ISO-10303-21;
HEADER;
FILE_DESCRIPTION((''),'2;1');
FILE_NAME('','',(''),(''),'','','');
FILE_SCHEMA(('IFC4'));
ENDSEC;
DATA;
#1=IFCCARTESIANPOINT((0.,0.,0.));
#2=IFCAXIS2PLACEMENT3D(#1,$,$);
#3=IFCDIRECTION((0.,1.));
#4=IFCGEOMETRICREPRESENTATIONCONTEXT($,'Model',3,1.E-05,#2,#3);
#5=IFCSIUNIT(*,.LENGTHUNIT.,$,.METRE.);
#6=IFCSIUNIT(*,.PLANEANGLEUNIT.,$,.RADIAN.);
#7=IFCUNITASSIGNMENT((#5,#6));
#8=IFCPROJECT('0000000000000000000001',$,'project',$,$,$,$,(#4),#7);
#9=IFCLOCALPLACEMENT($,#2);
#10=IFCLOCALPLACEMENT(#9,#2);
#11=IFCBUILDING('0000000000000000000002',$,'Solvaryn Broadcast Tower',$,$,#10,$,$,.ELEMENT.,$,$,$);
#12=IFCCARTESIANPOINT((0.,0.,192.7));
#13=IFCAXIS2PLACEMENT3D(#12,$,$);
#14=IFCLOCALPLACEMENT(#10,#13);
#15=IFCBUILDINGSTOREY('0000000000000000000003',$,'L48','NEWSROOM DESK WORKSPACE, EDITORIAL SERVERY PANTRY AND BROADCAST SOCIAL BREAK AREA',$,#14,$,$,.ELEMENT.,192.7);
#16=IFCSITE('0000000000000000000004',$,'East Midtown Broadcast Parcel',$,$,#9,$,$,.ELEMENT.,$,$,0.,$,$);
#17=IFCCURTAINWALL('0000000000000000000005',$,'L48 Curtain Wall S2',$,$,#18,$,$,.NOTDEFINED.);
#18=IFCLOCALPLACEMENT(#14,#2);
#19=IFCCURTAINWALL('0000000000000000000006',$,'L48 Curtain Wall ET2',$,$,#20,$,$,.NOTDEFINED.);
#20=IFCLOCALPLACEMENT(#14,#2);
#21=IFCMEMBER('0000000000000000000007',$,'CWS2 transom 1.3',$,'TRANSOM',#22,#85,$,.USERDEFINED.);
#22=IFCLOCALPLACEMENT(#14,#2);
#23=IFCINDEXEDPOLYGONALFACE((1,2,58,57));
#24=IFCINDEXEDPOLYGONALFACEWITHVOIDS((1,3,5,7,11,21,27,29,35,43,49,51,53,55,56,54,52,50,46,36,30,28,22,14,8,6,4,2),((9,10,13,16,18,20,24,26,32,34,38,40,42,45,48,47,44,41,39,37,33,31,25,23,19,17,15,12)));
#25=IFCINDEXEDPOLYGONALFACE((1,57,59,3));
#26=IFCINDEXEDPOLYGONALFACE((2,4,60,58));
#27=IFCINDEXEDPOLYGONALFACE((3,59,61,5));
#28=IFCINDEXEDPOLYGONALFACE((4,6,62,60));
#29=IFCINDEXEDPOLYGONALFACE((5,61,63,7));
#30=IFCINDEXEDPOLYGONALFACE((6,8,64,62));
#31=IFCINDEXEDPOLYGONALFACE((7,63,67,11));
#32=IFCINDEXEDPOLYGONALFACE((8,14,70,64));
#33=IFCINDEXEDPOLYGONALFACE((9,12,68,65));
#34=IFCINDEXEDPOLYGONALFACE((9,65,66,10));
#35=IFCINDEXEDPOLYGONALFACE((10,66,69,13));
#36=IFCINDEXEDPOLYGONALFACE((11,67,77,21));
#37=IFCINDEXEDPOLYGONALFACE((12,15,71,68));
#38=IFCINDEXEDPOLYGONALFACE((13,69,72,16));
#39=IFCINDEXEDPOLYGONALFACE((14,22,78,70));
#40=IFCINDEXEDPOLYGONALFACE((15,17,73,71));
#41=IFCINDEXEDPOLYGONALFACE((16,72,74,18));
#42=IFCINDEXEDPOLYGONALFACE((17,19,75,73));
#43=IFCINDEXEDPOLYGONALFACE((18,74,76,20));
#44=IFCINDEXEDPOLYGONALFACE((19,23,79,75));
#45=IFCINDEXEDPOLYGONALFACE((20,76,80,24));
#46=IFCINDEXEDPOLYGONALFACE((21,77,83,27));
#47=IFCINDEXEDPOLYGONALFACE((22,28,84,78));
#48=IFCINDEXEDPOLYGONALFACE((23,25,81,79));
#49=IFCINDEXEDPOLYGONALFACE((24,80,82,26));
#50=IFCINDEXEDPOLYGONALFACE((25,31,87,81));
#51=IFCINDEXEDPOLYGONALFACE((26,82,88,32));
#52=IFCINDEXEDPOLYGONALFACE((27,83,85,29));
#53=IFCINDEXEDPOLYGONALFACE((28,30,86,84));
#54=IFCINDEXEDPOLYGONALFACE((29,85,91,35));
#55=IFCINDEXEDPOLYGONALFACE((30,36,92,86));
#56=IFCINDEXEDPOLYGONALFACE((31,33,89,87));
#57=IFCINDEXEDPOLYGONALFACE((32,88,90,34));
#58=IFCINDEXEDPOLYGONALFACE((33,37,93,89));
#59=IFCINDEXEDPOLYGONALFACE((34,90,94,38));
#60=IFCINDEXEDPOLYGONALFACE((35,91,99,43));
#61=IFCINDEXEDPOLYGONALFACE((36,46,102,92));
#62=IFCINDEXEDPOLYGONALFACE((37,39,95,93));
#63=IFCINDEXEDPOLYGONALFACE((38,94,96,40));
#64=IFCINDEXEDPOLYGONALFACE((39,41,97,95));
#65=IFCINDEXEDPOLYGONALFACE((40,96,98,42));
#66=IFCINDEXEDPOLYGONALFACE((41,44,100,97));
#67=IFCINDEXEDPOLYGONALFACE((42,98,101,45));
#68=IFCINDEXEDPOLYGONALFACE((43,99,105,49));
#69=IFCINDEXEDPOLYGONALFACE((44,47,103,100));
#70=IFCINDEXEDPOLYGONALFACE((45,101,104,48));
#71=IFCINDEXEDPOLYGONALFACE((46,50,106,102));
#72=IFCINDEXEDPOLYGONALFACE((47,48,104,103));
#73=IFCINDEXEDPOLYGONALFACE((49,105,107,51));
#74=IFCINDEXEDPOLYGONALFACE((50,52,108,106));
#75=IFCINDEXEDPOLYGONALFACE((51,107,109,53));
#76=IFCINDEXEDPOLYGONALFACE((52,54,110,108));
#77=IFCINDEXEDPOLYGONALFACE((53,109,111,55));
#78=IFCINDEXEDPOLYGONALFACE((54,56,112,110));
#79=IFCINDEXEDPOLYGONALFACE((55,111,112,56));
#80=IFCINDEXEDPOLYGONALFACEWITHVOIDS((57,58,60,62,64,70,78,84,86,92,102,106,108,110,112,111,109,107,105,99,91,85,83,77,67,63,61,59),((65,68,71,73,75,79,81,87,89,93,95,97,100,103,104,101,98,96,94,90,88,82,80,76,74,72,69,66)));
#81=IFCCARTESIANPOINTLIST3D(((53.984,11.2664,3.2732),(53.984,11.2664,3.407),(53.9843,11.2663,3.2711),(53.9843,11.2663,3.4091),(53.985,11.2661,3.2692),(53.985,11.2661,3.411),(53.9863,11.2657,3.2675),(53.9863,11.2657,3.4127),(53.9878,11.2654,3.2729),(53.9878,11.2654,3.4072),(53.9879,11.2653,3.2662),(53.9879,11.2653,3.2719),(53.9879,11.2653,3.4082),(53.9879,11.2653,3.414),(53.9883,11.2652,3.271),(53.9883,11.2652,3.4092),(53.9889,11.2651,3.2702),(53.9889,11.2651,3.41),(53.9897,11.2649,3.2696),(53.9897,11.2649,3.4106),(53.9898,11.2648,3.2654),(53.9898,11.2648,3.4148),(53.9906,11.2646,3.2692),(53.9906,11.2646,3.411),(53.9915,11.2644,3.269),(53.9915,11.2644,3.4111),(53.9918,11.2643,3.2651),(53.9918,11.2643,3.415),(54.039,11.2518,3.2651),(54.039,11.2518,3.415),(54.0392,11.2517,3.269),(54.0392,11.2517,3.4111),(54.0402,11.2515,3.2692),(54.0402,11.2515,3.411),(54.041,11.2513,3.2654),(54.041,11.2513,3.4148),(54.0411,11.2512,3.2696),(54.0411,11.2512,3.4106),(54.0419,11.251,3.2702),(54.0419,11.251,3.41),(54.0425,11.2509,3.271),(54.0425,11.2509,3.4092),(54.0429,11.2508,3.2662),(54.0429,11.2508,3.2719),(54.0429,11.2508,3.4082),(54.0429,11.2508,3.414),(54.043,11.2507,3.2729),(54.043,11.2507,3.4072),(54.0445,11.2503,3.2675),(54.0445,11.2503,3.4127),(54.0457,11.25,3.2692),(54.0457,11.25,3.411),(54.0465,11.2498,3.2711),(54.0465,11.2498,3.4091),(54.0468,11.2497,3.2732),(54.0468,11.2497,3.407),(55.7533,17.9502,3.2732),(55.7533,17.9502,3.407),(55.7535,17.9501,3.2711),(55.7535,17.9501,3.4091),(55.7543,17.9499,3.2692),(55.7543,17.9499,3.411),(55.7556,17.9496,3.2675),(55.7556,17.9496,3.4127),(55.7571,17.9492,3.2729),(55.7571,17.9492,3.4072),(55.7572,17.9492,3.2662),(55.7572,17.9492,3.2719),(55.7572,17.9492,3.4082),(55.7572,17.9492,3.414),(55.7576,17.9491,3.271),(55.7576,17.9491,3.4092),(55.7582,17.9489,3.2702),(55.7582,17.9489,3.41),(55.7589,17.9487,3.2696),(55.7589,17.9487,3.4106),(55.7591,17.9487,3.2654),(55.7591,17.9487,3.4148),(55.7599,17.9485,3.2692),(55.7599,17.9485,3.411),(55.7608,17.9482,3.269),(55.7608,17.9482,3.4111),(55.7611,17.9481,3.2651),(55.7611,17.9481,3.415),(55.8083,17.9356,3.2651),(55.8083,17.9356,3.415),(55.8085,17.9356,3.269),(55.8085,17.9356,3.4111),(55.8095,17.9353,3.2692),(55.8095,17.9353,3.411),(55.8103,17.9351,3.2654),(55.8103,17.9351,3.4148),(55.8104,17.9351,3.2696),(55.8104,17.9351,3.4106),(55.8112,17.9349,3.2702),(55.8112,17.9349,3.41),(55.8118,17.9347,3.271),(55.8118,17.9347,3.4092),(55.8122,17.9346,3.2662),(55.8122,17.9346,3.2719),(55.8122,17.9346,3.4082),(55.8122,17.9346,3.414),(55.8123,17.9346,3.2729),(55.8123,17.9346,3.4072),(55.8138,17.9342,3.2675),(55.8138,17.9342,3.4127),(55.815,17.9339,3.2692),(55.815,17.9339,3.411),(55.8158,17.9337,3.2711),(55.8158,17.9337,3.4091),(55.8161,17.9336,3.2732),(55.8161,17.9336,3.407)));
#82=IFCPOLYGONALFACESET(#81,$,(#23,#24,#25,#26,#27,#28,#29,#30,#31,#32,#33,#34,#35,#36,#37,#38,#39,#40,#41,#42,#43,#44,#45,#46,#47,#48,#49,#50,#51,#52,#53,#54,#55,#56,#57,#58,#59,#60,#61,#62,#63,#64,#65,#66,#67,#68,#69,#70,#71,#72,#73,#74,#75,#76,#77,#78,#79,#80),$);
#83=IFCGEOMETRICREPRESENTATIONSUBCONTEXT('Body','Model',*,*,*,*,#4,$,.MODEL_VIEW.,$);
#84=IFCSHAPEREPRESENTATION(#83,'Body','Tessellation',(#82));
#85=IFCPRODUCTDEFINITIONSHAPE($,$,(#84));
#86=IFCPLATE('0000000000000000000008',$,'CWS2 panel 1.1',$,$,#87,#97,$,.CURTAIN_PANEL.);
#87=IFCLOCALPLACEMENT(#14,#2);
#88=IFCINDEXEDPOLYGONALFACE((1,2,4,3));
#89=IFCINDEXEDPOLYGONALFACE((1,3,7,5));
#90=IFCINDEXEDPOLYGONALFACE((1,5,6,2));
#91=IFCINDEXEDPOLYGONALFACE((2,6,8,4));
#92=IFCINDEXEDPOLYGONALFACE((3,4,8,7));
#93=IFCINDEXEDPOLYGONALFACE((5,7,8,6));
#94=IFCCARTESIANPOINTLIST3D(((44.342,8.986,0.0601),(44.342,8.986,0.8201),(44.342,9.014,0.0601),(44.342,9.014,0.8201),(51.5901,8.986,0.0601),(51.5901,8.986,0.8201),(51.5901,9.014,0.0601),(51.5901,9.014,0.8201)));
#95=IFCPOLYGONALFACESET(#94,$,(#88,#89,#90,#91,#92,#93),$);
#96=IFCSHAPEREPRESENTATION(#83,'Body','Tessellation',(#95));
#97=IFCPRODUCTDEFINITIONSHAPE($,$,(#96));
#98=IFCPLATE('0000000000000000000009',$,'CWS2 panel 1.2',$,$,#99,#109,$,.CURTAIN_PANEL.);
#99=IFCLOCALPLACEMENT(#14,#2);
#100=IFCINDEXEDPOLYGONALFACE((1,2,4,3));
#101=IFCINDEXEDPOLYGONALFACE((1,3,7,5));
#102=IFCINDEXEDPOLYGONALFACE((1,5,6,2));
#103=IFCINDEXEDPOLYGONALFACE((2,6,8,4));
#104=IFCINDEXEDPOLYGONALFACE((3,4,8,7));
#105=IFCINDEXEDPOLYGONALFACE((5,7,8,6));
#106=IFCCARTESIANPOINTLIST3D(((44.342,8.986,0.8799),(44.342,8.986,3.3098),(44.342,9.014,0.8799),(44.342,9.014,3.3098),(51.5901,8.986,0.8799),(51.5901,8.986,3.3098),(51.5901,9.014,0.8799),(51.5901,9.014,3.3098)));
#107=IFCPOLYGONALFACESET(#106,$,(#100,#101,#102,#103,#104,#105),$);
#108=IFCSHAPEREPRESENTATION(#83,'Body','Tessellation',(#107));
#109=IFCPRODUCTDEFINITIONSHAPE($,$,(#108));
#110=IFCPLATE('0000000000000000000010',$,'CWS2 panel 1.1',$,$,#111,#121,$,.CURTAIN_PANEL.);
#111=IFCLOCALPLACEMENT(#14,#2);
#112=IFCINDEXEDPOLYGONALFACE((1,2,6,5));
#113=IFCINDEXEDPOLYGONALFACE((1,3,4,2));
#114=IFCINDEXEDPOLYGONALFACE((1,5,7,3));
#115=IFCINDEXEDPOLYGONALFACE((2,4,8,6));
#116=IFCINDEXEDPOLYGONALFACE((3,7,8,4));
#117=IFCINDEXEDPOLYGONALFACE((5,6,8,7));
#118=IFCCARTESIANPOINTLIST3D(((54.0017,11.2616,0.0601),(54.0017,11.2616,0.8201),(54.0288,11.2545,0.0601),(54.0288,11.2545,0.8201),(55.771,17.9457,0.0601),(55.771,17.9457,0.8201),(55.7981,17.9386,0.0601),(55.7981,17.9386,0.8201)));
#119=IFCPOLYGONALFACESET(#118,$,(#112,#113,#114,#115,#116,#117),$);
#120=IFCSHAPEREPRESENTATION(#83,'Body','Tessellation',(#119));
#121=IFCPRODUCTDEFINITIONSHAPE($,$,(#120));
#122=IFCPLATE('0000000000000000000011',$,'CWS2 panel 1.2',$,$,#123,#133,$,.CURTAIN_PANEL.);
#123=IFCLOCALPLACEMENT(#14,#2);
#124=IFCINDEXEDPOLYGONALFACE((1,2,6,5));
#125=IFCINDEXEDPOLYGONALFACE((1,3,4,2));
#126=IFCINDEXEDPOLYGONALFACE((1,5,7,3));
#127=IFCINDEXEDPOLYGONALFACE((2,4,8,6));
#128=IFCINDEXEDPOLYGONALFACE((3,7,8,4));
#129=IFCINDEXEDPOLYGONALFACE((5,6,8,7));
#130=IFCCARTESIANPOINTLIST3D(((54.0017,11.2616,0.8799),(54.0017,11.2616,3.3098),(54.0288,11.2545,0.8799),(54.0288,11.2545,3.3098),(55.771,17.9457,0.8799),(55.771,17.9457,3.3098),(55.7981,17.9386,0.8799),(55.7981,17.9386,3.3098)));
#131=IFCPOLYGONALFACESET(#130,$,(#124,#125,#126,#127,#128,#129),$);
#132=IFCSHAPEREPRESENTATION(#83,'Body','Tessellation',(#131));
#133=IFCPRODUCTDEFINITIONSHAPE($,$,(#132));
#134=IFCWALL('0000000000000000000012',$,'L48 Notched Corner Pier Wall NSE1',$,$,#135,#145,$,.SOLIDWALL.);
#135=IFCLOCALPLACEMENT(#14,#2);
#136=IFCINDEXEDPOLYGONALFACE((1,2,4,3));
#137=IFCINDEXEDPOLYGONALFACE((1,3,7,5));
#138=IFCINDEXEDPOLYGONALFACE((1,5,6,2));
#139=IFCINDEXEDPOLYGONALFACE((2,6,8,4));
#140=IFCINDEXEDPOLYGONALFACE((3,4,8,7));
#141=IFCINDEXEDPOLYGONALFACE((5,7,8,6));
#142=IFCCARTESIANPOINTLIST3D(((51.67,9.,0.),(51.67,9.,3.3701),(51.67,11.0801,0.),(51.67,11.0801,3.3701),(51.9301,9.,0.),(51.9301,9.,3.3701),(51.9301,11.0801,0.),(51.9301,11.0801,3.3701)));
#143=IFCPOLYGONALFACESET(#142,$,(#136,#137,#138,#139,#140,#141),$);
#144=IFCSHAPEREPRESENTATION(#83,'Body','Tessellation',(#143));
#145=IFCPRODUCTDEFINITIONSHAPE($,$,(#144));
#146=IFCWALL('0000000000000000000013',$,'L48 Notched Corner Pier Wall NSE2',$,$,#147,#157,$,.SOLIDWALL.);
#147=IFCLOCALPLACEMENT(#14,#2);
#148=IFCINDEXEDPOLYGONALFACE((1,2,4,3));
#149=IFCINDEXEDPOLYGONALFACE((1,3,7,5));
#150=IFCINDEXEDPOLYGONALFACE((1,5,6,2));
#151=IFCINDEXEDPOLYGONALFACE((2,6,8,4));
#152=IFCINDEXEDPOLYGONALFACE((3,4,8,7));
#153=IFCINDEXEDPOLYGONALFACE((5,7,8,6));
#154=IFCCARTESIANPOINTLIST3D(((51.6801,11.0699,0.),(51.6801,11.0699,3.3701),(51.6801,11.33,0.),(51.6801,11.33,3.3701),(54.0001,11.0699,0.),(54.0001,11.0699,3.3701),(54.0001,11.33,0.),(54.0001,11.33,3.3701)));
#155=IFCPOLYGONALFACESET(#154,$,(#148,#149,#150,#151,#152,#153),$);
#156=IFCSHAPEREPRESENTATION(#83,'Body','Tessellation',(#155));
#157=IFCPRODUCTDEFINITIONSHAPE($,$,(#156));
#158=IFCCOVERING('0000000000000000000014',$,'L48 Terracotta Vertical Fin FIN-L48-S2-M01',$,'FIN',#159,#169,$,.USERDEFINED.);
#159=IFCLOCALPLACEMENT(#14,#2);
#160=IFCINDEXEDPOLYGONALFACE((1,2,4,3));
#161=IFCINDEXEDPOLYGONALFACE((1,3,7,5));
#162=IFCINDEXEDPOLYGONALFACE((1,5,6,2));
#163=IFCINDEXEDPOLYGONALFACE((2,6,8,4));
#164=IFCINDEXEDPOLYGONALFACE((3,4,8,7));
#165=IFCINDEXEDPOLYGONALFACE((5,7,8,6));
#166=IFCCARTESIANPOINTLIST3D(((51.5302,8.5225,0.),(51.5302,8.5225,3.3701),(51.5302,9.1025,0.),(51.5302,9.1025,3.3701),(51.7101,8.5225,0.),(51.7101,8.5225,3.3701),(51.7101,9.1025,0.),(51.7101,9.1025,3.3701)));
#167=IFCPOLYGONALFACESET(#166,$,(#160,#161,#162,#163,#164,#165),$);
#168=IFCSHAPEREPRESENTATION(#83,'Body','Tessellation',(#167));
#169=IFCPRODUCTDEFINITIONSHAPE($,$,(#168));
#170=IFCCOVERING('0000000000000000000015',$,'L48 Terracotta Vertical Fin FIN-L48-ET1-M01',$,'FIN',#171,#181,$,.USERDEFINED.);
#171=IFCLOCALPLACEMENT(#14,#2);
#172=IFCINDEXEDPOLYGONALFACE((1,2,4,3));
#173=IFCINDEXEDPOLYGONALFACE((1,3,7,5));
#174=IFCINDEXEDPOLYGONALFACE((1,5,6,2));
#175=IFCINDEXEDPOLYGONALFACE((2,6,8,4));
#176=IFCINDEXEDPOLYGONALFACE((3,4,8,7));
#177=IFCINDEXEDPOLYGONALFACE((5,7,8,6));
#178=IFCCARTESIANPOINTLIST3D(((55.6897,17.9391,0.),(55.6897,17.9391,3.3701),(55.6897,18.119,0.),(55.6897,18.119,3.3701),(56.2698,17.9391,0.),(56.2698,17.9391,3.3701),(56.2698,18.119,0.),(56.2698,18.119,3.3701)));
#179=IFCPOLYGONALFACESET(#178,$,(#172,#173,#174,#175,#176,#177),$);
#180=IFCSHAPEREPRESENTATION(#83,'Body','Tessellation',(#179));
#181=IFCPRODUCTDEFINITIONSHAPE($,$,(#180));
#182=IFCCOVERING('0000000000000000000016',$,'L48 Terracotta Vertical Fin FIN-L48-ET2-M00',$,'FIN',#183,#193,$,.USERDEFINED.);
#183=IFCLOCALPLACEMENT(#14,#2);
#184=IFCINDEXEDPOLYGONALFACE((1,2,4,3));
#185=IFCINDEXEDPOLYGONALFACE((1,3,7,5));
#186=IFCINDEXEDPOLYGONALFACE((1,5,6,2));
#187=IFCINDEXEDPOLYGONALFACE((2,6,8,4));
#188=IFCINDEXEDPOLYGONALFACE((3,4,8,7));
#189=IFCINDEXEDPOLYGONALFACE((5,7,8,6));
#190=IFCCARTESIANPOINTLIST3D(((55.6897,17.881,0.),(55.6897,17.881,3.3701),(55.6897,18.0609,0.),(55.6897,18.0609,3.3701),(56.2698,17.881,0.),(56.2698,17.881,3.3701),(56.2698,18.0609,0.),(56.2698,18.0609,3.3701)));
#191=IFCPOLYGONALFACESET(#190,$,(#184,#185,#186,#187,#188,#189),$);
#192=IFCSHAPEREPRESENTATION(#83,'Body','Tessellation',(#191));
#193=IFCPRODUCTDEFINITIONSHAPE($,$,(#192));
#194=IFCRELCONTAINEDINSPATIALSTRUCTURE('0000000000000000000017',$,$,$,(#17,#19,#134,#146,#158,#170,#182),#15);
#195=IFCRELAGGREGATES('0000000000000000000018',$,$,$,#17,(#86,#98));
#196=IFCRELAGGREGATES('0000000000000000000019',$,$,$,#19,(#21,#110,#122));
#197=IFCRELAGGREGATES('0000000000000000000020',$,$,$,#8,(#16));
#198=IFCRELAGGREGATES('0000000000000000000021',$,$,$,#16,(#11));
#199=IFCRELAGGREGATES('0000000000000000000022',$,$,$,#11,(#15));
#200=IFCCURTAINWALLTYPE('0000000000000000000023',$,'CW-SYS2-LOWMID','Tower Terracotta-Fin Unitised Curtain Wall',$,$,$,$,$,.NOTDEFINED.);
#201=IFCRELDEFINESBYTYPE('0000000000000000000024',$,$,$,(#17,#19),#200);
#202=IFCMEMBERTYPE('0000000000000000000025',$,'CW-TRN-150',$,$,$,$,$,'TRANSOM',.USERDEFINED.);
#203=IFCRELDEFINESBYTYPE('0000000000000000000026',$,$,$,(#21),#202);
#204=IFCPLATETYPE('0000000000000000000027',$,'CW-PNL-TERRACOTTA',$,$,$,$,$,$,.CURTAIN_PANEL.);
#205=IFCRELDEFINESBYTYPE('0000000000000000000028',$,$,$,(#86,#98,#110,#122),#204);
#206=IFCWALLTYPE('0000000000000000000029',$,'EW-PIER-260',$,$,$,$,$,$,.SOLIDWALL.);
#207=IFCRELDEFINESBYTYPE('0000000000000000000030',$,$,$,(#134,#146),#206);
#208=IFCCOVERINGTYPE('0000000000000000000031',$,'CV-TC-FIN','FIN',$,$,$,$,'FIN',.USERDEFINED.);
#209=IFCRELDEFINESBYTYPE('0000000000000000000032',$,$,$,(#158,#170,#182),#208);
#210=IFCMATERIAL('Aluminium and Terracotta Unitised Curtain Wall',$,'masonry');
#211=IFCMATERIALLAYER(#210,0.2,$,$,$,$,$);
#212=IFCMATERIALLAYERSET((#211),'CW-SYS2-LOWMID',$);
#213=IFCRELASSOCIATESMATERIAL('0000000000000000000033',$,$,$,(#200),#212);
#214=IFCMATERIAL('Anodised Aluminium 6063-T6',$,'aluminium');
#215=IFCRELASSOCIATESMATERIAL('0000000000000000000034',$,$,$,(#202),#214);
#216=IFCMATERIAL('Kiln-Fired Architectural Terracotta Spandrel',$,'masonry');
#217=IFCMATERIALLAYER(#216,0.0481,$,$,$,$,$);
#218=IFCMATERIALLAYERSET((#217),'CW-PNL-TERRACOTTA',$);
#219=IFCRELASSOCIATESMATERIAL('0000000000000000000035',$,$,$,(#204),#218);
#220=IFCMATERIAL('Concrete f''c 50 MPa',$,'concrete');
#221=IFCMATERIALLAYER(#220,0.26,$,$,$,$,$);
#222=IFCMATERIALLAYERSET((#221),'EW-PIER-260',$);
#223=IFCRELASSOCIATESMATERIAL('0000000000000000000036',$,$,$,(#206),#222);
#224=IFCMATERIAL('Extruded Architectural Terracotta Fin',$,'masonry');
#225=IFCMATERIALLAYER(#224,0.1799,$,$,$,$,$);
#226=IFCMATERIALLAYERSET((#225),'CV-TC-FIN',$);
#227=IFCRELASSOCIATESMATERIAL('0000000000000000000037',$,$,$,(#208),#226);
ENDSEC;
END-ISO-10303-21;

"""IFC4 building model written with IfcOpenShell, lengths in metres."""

from ifc_helpers import new_model, si_unit, direction, frame, frame_2d, origin, origin_2d, place, context, subcontext, project, spatial, rectangle, hollow_rectangle, extrude, material, layer, layer_set, material_profile, profile_set, type_object, element, aggregate, save


model = new_model("IFC4")

# Units and contexts
model_context = context("Model", 3, precision=1e-05, world=origin(), true_north=direction((0.0, 1.0)))
body_context = subcontext(model_context, "Body", "Model", "MODEL_VIEW")
ifc_project = project(units=[si_unit("LENGTHUNIT", "METRE"), si_unit("PLANEANGLEUNIT", "RADIAN")], contexts=[model_context])

# Site, building, storey
site_placement = place(None, origin())
site = spatial("IfcSite", under=ifc_project, at=site_placement, Name="East Midtown Broadcast Parcel", CompositionType="ELEMENT", RefElevation=0.0)
building_placement = place(site_placement, origin())
building = spatial("IfcBuilding", under=site, at=building_placement, Name="Solvaryn Broadcast Tower", CompositionType="ELEMENT")
storey_placement = place(building_placement, frame((0.0, 0.0, 192.7)))
storey = spatial("IfcBuildingStorey", under=building, at=storey_placement, Name="L48", Description="NEWSROOM DESK WORKSPACE, EDITORIAL SERVERY PANTRY AND BROADCAST SOCIAL BREAK AREA", CompositionType="ELEMENT", Elevation=192.7)

# Curtain wall
ifc_material_1 = material(Name="Aluminium and Terracotta Unitised Curtain Wall", Category="masonry")
ifc_layer_1 = layer(ifc_material_1, 0.2)
ifc_layer_set_1 = layer_set([ifc_layer_1], Name="CW-SYS2-LOWMID")
curtain_wall_type = type_object("IfcCurtainWallType", Name="CW-SYS2-LOWMID", Description="Tower Terracotta-Fin Unitised Curtain Wall", PredefinedType="NOTDEFINED", material=ifc_layer_set_1)
curtain_wall_1_placement = place(storey_placement, origin())
curtain_wall_1 = element("IfcCurtainWall", 1, at=curtain_wall_1_placement, inside=storey, type_object=curtain_wall_type, Name="L48 Curtain Wall S2", PredefinedType="NOTDEFINED")

# Curtain wall, member
curtain_wall_2_placement = place(storey_placement, origin())
curtain_wall_2 = element("IfcCurtainWall", 2, at=curtain_wall_2_placement, inside=storey, type_object=curtain_wall_type, Name="L48 Curtain Wall ET2", PredefinedType="NOTDEFINED")
ifc_material_2 = material(Name="Anodised Aluminium 6063-T6", Category="aluminium")
ifc_material_profile_1 = material_profile(ifc_material_2, hollow_rectangle(XDim=0.0649, YDim=0.1499, WallThickness=0.0039, InnerFilletRadius=0.0039, OuterFilletRadius=0.0081, at=origin_2d()))
ifc_profile_set_1 = profile_set([ifc_material_profile_1], Name="Anodised Aluminium 6063-T6")
member_type_1 = type_object("IfcMemberType", Name="CW-TRN-150", ElementType="TRANSOM", PredefinedType="USERDEFINED", material=ifc_profile_set_1)
member_1_placement = place(storey_placement, frame((55.7847, 17.9419, 3.3401), z_axis=(-0.255897, -0.966704, 0.0), x_axis=(0.966704, -0.255897, 0.0)))
member_1 = element("IfcMember", 3, at=member_1_placement, type_object=member_type_1, Name="CWS2 transom 1.3", ObjectType="TRANSOM", PredefinedType="USERDEFINED", context=body_context, shape_type="SweptSolid", body=[
    extrude(hollow_rectangle(XDim=0.0649, YDim=0.1499, WallThickness=0.0039, InnerFilletRadius=0.0039, OuterFilletRadius=0.0081, at=origin_2d()), origin(), (0.0, 0.0, 1.0), 6.9141),
])

# Plates
ifc_material_3 = material(Name="Kiln-Fired Architectural Terracotta Spandrel", Category="masonry")
ifc_layer_2 = layer(ifc_material_3, 0.0481)
ifc_layer_set_2 = layer_set([ifc_layer_2], Name="CW-PNL-TERRACOTTA")
plate_type = type_object("IfcPlateType", Name="CW-PNL-TERRACOTTA", PredefinedType="CURTAIN_PANEL", material=ifc_layer_set_2)
plate_1_placement = place(storey_placement, frame((47.9661, 9.0, 0.0601), z_axis=(0.0, 0.0, 1.0), x_axis=(1.0, 0.0, 0.0)))
plate_1 = element("IfcPlate", 4, at=plate_1_placement, type_object=plate_type, Name="CWS2 panel 1.1", PredefinedType="CURTAIN_PANEL", context=body_context, shape_type="SweptSolid", body=[
    extrude(rectangle(XDim=7.248, YDim=0.0281, at=origin_2d()), origin(), (0.0, 0.0, 1.0), 0.76),
])
plate_2_placement = place(storey_placement, frame((47.9661, 9.0, 0.8799), z_axis=(0.0, 0.0, 1.0), x_axis=(1.0, 0.0, 0.0)))
plate_2 = element("IfcPlate", 5, at=plate_2_placement, type_object=plate_type, Name="CWS2 panel 1.2", PredefinedType="CURTAIN_PANEL", context=body_context, shape_type="SweptSolid", body=[
    extrude(rectangle(XDim=7.248, YDim=0.0281, at=origin_2d()), origin(), (0.0, 0.0, 1.0), 2.4299),
])
aggregate(curtain_wall_1, [plate_1, plate_2])
plate_3_placement = place(storey_placement, frame((54.8999, 14.6001, 0.0601), z_axis=(0.0, 0.0, 1.0), x_axis=(-0.255893, -0.966705, 0.0)))
plate_3 = element("IfcPlate", 6, at=plate_3_placement, type_object=plate_type, Name="CWS2 panel 1.1", PredefinedType="CURTAIN_PANEL", context=body_context, shape_type="SweptSolid", body=[
    extrude(rectangle(XDim=6.9143, YDim=0.0281, at=origin_2d()), origin(), (0.0, 0.0, 1.0), 0.76),
])
plate_4_placement = place(storey_placement, frame((54.8999, 14.6001, 0.8799), z_axis=(0.0, 0.0, 1.0), x_axis=(-0.255893, -0.966705, 0.0)))
plate_4 = element("IfcPlate", 7, at=plate_4_placement, type_object=plate_type, Name="CWS2 panel 1.2", PredefinedType="CURTAIN_PANEL", context=body_context, shape_type="SweptSolid", body=[
    extrude(rectangle(XDim=6.9143, YDim=0.0281, at=origin_2d()), origin(), (0.0, 0.0, 1.0), 2.4299),
])
aggregate(curtain_wall_2, [member_1, plate_3, plate_4])

# Walls
ifc_material_4 = material(Name="Concrete f'c 50 MPa", Category="concrete")
ifc_layer_3 = layer(ifc_material_4, 0.26)
ifc_layer_set_3 = layer_set([ifc_layer_3], Name="EW-PIER-260")
wall_type = type_object("IfcWallType", Name="EW-PIER-260", PredefinedType="SOLIDWALL", material=ifc_layer_set_3)
wall_1_placement = place(storey_placement, frame((51.8, 9.0, 0.0), z_axis=(0.0, 0.0, 1.0), x_axis=(0.0, 1.0, 0.0)))
element("IfcWall", 8, at=wall_1_placement, inside=storey, type_object=wall_type, Name="L48 Notched Corner Pier Wall NSE1", PredefinedType="SOLIDWALL", context=body_context, shape_type="SweptSolid", body=[
    extrude(rectangle(XDim=2.0801, YDim=0.26, at=frame_2d((1.04, 0.0))), origin(), (0.0, 0.0, 1.0), 3.3701),
])
wall_2_placement = place(storey_placement, frame((51.6799, 11.2, 0.0), z_axis=(0.0, 0.0, 1.0), x_axis=(1.0, 0.0, 0.0)))
element("IfcWall", 9, at=wall_2_placement, inside=storey, type_object=wall_type, Name="L48 Notched Corner Pier Wall NSE2", PredefinedType="SOLIDWALL", context=body_context, shape_type="SweptSolid", body=[
    extrude(rectangle(XDim=2.3201, YDim=0.26, at=frame_2d((1.1602, 0.0))), origin(), (0.0, 0.0, 1.0), 3.3701),
])

# Coverings
ifc_material_5 = material(Name="Extruded Architectural Terracotta Fin", Category="masonry")
ifc_layer_4 = layer(ifc_material_5, 0.1799)
ifc_layer_set_4 = layer_set([ifc_layer_4], Name="CV-TC-FIN")
covering_type = type_object("IfcCoveringType", Name="CV-TC-FIN", Description="FIN", ElementType="FIN", PredefinedType="USERDEFINED", material=ifc_layer_set_4)
covering_placement = place(storey_placement, frame((51.6201, 8.8125, 0.0), z_axis=(0.0, 0.0, 1.0), x_axis=(1.0, 0.0, 0.0)))
element("IfcCovering", 10, at=covering_placement, inside=storey, type_object=covering_type, Name="L48 Terracotta Vertical Fin FIN-L48-S2-M01", ObjectType="FIN", PredefinedType="USERDEFINED", context=body_context, shape_type="SweptSolid", body=[
    extrude(rectangle(XDim=0.1799, YDim=0.5801, at=origin_2d()), origin(), (0.0, 0.0, 1.0), 3.3701),
])
for number, where, z_axis, x_axis, name in (
    (11, (55.9797, 18.0291, 0.0), (0.0, 0.0, 1.0), (1.0, 0.0, 0.0), "L48 Terracotta Vertical Fin FIN-L48-ET1-M01"),
    (12, (55.9797, 17.9709, 0.0), (0.0, 0.0, 1.0), (1.0, 0.0, 0.0), "L48 Terracotta Vertical Fin FIN-L48-ET2-M00"),
):
    element("IfcCovering", number, at=place(storey_placement, frame(where, z_axis=z_axis, x_axis=x_axis)), inside=storey, type_object=covering_type, Name=name, ObjectType="FIN", PredefinedType="USERDEFINED", context=body_context, shape_type="SweptSolid", body=[
        extrude(rectangle(XDim=0.5801, YDim=0.1799, at=origin_2d()), origin(), (0.0, 0.0, 1.0), 3.3701),
    ])

save(model, "model.ifc")
